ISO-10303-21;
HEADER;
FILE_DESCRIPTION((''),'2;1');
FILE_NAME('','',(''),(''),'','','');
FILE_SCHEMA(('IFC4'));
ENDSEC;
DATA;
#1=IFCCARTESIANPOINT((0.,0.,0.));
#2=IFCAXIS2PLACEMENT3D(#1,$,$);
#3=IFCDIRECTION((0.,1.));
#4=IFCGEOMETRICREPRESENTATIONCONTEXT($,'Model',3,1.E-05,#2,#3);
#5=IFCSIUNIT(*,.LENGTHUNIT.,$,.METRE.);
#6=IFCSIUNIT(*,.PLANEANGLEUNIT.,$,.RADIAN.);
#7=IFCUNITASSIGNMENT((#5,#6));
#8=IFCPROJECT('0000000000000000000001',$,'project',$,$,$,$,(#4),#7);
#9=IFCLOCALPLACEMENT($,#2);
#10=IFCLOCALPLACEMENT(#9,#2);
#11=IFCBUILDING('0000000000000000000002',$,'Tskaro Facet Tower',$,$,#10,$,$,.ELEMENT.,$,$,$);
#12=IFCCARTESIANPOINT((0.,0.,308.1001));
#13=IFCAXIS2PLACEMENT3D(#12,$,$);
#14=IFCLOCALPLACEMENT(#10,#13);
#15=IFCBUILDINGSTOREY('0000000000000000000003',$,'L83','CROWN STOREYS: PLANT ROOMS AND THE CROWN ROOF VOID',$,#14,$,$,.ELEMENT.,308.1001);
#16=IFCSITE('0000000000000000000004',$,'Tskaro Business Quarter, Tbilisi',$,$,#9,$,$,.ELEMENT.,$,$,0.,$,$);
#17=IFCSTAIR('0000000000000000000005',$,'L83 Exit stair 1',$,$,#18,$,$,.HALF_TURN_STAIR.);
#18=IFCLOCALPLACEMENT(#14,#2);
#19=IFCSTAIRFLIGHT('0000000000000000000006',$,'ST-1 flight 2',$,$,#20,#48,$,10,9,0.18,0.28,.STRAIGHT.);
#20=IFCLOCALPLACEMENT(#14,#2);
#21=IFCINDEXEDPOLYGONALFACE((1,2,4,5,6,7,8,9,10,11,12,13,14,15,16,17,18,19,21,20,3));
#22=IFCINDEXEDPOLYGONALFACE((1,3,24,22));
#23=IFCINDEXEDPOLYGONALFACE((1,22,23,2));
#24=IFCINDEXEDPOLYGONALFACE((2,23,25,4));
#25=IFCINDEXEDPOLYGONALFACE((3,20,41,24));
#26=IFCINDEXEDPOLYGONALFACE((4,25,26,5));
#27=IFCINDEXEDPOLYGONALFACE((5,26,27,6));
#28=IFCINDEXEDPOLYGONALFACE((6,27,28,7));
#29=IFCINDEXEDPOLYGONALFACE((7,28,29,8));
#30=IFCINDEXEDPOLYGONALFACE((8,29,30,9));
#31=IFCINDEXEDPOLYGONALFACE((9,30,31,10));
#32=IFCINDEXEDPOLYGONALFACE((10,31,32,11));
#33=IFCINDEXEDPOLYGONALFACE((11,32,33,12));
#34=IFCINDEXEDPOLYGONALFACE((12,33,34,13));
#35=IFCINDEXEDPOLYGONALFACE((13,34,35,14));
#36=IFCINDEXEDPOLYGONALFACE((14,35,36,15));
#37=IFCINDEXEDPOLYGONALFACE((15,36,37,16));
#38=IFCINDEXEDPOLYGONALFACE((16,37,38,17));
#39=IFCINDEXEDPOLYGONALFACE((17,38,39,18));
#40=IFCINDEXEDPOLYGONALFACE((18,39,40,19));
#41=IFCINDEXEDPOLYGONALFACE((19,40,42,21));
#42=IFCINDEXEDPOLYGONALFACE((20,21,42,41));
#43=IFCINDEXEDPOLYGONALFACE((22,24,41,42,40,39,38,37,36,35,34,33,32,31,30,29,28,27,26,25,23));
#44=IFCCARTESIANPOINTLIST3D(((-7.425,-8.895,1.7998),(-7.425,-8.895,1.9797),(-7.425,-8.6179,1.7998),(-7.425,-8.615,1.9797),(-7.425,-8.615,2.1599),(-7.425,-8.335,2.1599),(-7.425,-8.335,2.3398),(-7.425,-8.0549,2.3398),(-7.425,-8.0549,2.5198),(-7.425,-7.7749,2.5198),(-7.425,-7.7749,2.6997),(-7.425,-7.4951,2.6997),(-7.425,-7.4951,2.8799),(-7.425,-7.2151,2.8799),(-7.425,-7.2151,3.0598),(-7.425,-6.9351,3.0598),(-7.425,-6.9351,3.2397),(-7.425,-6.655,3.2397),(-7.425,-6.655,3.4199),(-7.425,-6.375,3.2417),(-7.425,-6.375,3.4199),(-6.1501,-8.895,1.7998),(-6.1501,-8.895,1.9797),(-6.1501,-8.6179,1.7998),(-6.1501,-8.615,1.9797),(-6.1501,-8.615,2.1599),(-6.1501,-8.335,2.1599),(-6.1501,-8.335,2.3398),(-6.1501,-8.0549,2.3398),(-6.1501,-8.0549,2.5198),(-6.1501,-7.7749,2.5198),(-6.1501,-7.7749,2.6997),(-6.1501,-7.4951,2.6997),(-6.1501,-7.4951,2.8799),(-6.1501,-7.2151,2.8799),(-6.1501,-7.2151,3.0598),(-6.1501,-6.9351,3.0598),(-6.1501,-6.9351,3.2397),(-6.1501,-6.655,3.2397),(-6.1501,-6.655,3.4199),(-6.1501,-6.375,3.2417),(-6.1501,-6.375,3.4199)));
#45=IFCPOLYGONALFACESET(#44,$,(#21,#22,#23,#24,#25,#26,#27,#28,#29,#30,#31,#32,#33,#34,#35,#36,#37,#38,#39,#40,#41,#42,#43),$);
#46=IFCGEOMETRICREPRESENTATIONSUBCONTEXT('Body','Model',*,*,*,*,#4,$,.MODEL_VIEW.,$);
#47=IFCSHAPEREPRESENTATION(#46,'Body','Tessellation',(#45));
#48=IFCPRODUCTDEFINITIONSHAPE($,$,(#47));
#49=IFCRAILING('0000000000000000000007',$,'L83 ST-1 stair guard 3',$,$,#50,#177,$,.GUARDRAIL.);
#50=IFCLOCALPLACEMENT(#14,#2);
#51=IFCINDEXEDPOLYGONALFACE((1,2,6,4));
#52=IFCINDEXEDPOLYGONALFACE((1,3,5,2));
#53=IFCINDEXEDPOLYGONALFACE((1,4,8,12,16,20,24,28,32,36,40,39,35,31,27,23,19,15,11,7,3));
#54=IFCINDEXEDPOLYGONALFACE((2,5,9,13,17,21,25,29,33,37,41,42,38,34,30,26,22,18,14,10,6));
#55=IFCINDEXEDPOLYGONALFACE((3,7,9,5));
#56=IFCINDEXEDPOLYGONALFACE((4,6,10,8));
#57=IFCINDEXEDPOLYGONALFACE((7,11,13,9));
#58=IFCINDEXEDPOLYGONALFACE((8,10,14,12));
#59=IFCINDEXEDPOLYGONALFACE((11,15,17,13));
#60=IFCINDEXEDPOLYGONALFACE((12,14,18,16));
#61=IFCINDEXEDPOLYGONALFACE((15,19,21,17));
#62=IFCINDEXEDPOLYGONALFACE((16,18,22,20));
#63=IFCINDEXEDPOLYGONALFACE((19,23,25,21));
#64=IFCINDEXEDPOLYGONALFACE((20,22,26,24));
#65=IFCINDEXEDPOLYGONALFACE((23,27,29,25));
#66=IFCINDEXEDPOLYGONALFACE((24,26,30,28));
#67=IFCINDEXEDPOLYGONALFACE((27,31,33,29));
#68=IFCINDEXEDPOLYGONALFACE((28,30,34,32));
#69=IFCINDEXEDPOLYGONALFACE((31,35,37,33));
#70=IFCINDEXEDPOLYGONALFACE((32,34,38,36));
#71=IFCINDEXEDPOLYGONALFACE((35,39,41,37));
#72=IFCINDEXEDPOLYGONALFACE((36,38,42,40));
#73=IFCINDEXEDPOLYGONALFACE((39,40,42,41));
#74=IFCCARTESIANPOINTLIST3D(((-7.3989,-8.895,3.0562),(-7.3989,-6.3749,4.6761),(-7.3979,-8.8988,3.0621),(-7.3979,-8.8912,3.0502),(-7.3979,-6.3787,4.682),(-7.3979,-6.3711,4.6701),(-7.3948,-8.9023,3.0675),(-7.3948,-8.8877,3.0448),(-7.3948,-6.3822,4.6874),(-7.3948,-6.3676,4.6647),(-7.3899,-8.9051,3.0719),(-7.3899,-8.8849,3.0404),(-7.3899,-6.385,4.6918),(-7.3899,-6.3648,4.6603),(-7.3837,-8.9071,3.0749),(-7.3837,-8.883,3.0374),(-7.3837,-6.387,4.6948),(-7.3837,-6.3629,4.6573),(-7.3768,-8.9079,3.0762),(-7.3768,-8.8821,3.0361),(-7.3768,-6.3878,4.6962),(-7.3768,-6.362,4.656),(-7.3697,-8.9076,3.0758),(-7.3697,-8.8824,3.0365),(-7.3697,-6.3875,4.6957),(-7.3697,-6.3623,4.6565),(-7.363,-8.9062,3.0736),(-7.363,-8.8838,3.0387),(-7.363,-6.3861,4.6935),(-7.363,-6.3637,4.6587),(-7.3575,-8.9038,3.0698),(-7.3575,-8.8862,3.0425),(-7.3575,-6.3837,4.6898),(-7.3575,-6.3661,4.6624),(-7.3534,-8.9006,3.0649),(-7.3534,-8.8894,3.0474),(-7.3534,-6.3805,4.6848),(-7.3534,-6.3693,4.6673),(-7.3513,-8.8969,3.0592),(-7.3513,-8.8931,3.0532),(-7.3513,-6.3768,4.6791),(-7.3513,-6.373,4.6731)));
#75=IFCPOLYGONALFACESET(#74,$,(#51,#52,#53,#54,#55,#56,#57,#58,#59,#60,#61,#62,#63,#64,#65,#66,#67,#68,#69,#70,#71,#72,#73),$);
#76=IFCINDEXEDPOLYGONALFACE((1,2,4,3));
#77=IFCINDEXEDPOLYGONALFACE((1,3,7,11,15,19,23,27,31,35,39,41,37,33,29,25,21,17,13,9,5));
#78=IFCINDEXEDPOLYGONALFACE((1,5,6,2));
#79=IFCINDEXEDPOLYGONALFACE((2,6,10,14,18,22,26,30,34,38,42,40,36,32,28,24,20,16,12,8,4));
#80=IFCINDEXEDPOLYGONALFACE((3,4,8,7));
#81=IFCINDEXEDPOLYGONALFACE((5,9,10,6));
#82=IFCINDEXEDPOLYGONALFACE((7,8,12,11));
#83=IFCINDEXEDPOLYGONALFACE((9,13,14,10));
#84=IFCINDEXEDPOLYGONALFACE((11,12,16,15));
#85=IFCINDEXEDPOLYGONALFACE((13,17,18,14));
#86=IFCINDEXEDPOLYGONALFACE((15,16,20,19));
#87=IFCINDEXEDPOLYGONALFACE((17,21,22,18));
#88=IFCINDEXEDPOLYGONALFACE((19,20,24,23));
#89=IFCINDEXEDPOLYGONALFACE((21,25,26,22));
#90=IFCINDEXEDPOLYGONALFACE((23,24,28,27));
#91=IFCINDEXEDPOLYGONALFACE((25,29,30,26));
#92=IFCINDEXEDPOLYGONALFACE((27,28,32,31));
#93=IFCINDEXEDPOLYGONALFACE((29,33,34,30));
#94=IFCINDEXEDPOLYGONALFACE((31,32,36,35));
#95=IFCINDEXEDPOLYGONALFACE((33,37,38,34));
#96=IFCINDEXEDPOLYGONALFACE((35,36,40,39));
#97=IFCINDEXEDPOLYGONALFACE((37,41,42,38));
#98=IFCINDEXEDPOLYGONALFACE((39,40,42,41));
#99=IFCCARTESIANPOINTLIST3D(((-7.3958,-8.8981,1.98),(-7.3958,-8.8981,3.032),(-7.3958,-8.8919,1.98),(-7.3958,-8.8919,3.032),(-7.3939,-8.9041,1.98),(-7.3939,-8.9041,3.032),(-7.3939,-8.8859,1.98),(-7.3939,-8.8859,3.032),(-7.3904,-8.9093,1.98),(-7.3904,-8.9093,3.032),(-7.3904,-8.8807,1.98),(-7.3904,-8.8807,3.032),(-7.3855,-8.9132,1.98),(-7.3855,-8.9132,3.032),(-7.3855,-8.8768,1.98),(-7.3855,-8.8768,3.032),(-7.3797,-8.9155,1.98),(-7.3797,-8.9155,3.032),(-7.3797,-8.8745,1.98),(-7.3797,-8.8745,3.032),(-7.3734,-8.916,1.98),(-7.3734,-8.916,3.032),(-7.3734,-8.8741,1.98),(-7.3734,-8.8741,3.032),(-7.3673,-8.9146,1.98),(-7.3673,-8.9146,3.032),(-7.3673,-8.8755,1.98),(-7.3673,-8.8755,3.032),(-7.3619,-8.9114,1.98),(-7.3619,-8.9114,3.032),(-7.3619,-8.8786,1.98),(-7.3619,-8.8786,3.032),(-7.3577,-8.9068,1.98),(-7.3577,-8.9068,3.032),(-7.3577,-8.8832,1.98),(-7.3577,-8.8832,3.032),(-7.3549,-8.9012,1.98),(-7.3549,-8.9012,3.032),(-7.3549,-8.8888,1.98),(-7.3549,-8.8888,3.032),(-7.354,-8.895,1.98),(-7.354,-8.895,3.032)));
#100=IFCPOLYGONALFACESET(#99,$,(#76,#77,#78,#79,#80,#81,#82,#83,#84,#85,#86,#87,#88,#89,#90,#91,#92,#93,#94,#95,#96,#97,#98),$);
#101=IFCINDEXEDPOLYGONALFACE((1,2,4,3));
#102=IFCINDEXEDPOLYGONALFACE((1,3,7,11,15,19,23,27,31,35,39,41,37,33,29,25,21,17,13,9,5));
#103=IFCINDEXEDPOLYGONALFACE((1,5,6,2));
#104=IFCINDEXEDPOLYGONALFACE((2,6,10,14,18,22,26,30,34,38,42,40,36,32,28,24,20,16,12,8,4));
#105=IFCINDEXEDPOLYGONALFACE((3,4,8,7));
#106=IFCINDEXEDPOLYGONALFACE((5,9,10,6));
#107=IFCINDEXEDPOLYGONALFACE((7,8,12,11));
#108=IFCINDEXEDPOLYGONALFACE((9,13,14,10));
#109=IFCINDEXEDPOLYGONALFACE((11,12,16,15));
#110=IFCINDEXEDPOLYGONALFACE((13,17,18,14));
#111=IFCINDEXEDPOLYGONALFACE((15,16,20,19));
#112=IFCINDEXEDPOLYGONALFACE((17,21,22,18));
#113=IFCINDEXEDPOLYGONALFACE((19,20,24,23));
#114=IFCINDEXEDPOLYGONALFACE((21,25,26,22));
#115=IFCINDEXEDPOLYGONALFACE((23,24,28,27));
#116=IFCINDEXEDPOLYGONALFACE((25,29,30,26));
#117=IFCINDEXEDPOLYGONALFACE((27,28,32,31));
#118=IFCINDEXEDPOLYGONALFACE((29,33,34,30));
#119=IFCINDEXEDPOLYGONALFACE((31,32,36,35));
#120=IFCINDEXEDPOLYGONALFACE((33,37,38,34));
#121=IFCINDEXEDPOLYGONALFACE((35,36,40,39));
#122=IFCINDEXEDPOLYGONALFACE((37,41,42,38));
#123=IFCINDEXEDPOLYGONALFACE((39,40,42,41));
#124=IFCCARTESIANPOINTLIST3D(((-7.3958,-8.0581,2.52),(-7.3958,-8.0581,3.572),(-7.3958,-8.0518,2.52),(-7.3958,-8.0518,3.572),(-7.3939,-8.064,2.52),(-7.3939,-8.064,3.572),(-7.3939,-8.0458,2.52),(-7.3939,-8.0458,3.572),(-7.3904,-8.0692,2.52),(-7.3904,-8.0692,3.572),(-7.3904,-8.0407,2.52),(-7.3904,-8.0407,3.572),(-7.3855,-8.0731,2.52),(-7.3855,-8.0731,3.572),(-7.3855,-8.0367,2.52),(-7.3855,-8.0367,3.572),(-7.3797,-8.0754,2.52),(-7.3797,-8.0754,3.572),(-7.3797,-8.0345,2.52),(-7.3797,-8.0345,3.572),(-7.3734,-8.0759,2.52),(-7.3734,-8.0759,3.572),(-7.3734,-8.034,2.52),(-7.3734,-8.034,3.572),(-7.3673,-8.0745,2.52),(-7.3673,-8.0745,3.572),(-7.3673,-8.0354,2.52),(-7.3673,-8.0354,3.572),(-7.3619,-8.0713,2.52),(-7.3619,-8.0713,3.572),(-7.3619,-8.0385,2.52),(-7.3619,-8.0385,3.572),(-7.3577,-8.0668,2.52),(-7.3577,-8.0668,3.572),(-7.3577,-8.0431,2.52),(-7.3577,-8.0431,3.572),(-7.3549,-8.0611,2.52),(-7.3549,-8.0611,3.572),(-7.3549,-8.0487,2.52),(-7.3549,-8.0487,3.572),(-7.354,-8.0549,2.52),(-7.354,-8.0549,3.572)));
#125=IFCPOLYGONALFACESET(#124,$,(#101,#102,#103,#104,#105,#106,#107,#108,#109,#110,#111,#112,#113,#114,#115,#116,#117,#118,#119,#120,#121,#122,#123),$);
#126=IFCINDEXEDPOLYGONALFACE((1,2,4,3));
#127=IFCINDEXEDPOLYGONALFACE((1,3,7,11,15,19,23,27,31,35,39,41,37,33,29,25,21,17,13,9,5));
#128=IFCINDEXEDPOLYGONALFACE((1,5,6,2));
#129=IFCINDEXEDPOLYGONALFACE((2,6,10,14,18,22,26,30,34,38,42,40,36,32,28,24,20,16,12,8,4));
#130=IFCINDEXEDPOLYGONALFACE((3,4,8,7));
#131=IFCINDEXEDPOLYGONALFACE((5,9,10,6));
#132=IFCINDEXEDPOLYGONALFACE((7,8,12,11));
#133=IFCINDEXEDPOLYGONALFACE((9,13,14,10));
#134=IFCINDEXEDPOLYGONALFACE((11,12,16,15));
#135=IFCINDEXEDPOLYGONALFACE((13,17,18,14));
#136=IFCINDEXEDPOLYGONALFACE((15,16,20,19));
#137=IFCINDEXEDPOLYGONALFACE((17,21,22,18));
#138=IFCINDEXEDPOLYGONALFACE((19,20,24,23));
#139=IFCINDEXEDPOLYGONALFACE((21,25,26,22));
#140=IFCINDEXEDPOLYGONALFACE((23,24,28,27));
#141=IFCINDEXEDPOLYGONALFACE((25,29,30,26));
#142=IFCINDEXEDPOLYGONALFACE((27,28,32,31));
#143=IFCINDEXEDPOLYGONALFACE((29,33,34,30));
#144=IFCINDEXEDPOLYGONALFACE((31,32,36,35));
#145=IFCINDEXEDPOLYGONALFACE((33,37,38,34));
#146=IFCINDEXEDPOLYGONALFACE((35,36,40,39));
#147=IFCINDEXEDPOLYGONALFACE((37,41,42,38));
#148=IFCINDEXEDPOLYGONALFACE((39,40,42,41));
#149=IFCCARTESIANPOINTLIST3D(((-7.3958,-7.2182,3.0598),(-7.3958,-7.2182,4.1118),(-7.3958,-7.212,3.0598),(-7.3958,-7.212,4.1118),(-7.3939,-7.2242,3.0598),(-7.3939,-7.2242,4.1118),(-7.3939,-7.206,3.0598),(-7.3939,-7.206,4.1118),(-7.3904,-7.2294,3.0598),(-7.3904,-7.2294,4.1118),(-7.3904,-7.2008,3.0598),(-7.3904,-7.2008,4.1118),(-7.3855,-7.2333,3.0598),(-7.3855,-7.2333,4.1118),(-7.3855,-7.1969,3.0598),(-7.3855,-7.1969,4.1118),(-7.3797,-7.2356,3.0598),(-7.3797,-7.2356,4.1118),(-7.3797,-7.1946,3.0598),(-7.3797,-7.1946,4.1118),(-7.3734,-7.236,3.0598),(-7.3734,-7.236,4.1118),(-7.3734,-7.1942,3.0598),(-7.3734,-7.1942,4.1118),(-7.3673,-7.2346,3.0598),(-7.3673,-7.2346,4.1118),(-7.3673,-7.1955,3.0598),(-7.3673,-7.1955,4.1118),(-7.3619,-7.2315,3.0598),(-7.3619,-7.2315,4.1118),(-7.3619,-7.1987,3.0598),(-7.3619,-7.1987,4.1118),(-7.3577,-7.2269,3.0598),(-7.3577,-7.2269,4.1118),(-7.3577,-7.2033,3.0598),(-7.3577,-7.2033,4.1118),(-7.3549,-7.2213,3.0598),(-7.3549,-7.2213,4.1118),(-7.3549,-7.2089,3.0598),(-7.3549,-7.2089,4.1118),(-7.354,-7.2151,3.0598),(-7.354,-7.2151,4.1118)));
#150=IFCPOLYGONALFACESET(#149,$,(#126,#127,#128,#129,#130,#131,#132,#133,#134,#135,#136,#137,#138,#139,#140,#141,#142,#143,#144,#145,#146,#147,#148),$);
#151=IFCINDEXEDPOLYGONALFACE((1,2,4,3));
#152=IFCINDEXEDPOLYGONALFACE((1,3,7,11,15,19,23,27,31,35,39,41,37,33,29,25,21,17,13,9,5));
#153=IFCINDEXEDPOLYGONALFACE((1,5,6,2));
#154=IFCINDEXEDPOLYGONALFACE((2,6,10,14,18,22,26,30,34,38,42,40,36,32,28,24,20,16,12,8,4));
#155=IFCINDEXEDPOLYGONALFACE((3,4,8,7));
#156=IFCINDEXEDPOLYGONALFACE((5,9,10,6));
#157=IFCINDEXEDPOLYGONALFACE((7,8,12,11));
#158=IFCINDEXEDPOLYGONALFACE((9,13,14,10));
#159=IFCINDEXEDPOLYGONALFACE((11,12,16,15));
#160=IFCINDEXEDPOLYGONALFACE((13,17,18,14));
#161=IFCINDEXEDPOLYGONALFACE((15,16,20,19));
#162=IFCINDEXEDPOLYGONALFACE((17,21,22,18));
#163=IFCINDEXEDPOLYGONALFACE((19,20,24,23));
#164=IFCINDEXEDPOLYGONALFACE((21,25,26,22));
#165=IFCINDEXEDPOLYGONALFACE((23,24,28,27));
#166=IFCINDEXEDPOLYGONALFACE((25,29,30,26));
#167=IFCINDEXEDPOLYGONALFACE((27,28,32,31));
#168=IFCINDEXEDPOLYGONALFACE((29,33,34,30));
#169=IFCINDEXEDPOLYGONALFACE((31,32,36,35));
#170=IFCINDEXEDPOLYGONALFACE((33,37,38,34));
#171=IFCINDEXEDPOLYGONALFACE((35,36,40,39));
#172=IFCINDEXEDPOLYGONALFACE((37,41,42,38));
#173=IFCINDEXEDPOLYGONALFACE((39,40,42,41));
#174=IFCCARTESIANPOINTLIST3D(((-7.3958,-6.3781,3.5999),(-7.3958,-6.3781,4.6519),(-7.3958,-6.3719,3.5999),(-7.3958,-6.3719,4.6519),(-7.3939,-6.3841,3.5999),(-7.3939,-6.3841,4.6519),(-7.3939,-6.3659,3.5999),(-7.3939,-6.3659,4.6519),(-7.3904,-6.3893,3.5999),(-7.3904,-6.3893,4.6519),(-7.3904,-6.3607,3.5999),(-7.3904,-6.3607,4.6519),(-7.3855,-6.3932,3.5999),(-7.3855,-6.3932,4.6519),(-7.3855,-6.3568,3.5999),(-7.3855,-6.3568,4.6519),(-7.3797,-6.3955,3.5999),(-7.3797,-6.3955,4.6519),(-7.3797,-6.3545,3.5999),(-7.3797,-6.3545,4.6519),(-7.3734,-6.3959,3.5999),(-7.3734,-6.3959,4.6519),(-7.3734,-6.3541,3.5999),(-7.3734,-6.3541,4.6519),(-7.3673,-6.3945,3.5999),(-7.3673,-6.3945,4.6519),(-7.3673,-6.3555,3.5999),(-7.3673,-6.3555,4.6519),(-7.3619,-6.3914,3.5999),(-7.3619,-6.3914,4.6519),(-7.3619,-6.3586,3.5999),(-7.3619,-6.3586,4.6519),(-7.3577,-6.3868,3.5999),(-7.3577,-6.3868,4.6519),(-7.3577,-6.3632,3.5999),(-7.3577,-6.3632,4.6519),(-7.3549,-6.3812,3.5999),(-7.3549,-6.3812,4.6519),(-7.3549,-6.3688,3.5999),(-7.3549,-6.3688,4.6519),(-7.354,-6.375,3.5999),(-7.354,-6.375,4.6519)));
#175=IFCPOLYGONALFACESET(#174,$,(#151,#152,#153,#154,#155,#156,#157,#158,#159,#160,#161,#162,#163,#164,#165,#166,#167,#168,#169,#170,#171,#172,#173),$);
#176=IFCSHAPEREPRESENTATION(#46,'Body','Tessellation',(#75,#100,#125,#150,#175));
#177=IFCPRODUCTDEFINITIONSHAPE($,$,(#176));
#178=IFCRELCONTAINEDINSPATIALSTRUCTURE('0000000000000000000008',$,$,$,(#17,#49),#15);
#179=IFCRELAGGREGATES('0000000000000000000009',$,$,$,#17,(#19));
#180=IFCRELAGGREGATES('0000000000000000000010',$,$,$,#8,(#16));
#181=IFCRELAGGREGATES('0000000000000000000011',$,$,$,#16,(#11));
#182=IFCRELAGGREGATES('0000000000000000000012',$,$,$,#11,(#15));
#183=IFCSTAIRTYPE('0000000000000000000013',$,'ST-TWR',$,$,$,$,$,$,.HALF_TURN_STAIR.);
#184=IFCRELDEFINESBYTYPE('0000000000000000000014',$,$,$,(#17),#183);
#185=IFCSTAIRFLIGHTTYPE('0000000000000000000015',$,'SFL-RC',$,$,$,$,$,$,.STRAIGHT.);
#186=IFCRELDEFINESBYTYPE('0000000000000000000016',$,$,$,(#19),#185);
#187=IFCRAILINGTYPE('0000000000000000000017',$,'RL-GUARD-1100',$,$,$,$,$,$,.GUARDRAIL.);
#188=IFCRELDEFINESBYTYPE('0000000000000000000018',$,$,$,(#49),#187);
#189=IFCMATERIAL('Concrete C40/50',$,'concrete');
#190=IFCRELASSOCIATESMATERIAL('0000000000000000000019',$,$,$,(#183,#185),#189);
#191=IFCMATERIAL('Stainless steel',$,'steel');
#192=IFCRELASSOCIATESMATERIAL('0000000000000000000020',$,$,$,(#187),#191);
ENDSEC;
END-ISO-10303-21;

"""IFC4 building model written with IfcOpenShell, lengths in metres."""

from ifc_helpers import new_model, si_unit, direction, frame, origin, origin_2d, place, context, subcontext, project, spatial, polyline, circle, outline, extrude, material, type_object, element, aggregate, save


model = new_model("IFC4")

# Units and contexts
model_context = context("Model", 3, precision=1e-05, world=origin(), true_north=direction((0.0, 1.0)))
body_context = subcontext(model_context, "Body", "Model", "MODEL_VIEW")
ifc_project = project(units=[si_unit("LENGTHUNIT", "METRE"), si_unit("PLANEANGLEUNIT", "RADIAN")], contexts=[model_context])

# Site, building, storey
site_placement = place(None, origin())
site = spatial("IfcSite", under=ifc_project, at=site_placement, Name="Tskaro Business Quarter, Tbilisi", CompositionType="ELEMENT", RefElevation=0.0)
building_placement = place(site_placement, origin())
building = spatial("IfcBuilding", under=site, at=building_placement, Name="Tskaro Facet Tower", CompositionType="ELEMENT")
storey_placement = place(building_placement, frame((0.0, 0.0, 308.1001)))
storey = spatial("IfcBuildingStorey", under=building, at=storey_placement, Name="L83", Description="CROWN STOREYS: PLANT ROOMS AND THE CROWN ROOF VOID", CompositionType="ELEMENT", Elevation=308.1001)

# Shared definitions
ifc_material_1 = material(Name="Stainless steel", Category="steel")

# Stair, stair flight
ifc_material_2 = material(Name="Concrete C40/50", Category="concrete")
stair_type = type_object("IfcStairType", Name="ST-TWR", PredefinedType="HALF_TURN_STAIR", material=ifc_material_2)
stair_placement = place(storey_placement, origin())
stair = element("IfcStair", 1, at=stair_placement, inside=storey, type_object=stair_type, Name="L83 Exit stair 1", PredefinedType="HALF_TURN_STAIR")
stair_flight_type = type_object("IfcStairFlightType", Name="SFL-RC", PredefinedType="STRAIGHT", material=ifc_material_2)
stair_flight_placement = place(storey_placement, frame((-6.7876, -8.895, 1.7998), z_axis=(0.0, 0.0, 1.0), x_axis=(0.0, 1.0, 0.0)))
stair_flight = element("IfcStairFlight", 2, at=stair_flight_placement, type_object=stair_flight_type, Name="ST-1 flight 2", NumberOfRisers=10, NumberOfTreads=9, PredefinedType="STRAIGHT", RiserHeight=0.18, TreadLength=0.28, context=body_context, shape_type="SweptSolid", body=[
    extrude(outline(polyline([(0.0, 0.0), (0.0, 0.1799), (0.28, 0.1799), (0.28, 0.3601), (0.5601, 0.3601), (0.5601, 0.54), (0.8401, 0.54), (0.8401, 0.72), (1.1201, 0.72), (1.1201, 0.8999), (1.3999, 0.8999), (1.3999, 1.0801), (1.6799, 1.0801), (1.6799, 1.26), (1.96, 1.26), (1.96, 1.4399), (2.24, 1.4399), (2.24, 1.6201), (2.52, 1.6201), (2.52, 1.8), (2.52, 1.4419), (0.2771, 0.0), (0.0, 0.0)])), frame((0.0, 0.6375, 0.0), z_axis=(0.0, -1.0, 0.0), x_axis=(1.0, 0.0, 0.0)), (0.0, 0.0, 1.0), 1.2749),
])
aggregate(stair, [stair_flight])

# Railing
railing_type_1 = type_object("IfcRailingType", Name="RL-GUARD-1100", PredefinedType="GUARDRAIL", material=ifc_material_1)
railing_1_placement = place(storey_placement, frame((-7.375, -8.895, 1.98)))
element("IfcRailing", 3, at=railing_1_placement, inside=storey, type_object=railing_type_1, Name="L83 ST-1 stair guard 3", PredefinedType="GUARDRAIL", context=body_context, shape_type="SweptSolid", body=[
    extrude(circle(Radius=0.0239, at=origin_2d()), frame((0.0, 0.0, 1.0762), z_axis=(0.0, 0.8412, 0.540725), x_axis=(-1.0, 0.0, 0.0)), (0.0, 0.0, 1.0), 2.9958),
    extrude(circle(Radius=0.021, at=origin_2d()), origin(), (0.0, 0.0, 1.0), 1.052),
    extrude(circle(Radius=0.021, at=origin_2d()), frame((0.0, 0.8401, 0.54)), (0.0, 0.0, 1.0), 1.052),
    extrude(circle(Radius=0.021, at=origin_2d()), frame((0.0, 1.6799, 1.0798)), (0.0, 0.0, 1.0), 1.052),
    extrude(circle(Radius=0.021, at=origin_2d()), frame((0.0, 2.52, 1.6199)), (0.0, 0.0, 1.0), 1.052),
])

save(model, "model.ifc")
